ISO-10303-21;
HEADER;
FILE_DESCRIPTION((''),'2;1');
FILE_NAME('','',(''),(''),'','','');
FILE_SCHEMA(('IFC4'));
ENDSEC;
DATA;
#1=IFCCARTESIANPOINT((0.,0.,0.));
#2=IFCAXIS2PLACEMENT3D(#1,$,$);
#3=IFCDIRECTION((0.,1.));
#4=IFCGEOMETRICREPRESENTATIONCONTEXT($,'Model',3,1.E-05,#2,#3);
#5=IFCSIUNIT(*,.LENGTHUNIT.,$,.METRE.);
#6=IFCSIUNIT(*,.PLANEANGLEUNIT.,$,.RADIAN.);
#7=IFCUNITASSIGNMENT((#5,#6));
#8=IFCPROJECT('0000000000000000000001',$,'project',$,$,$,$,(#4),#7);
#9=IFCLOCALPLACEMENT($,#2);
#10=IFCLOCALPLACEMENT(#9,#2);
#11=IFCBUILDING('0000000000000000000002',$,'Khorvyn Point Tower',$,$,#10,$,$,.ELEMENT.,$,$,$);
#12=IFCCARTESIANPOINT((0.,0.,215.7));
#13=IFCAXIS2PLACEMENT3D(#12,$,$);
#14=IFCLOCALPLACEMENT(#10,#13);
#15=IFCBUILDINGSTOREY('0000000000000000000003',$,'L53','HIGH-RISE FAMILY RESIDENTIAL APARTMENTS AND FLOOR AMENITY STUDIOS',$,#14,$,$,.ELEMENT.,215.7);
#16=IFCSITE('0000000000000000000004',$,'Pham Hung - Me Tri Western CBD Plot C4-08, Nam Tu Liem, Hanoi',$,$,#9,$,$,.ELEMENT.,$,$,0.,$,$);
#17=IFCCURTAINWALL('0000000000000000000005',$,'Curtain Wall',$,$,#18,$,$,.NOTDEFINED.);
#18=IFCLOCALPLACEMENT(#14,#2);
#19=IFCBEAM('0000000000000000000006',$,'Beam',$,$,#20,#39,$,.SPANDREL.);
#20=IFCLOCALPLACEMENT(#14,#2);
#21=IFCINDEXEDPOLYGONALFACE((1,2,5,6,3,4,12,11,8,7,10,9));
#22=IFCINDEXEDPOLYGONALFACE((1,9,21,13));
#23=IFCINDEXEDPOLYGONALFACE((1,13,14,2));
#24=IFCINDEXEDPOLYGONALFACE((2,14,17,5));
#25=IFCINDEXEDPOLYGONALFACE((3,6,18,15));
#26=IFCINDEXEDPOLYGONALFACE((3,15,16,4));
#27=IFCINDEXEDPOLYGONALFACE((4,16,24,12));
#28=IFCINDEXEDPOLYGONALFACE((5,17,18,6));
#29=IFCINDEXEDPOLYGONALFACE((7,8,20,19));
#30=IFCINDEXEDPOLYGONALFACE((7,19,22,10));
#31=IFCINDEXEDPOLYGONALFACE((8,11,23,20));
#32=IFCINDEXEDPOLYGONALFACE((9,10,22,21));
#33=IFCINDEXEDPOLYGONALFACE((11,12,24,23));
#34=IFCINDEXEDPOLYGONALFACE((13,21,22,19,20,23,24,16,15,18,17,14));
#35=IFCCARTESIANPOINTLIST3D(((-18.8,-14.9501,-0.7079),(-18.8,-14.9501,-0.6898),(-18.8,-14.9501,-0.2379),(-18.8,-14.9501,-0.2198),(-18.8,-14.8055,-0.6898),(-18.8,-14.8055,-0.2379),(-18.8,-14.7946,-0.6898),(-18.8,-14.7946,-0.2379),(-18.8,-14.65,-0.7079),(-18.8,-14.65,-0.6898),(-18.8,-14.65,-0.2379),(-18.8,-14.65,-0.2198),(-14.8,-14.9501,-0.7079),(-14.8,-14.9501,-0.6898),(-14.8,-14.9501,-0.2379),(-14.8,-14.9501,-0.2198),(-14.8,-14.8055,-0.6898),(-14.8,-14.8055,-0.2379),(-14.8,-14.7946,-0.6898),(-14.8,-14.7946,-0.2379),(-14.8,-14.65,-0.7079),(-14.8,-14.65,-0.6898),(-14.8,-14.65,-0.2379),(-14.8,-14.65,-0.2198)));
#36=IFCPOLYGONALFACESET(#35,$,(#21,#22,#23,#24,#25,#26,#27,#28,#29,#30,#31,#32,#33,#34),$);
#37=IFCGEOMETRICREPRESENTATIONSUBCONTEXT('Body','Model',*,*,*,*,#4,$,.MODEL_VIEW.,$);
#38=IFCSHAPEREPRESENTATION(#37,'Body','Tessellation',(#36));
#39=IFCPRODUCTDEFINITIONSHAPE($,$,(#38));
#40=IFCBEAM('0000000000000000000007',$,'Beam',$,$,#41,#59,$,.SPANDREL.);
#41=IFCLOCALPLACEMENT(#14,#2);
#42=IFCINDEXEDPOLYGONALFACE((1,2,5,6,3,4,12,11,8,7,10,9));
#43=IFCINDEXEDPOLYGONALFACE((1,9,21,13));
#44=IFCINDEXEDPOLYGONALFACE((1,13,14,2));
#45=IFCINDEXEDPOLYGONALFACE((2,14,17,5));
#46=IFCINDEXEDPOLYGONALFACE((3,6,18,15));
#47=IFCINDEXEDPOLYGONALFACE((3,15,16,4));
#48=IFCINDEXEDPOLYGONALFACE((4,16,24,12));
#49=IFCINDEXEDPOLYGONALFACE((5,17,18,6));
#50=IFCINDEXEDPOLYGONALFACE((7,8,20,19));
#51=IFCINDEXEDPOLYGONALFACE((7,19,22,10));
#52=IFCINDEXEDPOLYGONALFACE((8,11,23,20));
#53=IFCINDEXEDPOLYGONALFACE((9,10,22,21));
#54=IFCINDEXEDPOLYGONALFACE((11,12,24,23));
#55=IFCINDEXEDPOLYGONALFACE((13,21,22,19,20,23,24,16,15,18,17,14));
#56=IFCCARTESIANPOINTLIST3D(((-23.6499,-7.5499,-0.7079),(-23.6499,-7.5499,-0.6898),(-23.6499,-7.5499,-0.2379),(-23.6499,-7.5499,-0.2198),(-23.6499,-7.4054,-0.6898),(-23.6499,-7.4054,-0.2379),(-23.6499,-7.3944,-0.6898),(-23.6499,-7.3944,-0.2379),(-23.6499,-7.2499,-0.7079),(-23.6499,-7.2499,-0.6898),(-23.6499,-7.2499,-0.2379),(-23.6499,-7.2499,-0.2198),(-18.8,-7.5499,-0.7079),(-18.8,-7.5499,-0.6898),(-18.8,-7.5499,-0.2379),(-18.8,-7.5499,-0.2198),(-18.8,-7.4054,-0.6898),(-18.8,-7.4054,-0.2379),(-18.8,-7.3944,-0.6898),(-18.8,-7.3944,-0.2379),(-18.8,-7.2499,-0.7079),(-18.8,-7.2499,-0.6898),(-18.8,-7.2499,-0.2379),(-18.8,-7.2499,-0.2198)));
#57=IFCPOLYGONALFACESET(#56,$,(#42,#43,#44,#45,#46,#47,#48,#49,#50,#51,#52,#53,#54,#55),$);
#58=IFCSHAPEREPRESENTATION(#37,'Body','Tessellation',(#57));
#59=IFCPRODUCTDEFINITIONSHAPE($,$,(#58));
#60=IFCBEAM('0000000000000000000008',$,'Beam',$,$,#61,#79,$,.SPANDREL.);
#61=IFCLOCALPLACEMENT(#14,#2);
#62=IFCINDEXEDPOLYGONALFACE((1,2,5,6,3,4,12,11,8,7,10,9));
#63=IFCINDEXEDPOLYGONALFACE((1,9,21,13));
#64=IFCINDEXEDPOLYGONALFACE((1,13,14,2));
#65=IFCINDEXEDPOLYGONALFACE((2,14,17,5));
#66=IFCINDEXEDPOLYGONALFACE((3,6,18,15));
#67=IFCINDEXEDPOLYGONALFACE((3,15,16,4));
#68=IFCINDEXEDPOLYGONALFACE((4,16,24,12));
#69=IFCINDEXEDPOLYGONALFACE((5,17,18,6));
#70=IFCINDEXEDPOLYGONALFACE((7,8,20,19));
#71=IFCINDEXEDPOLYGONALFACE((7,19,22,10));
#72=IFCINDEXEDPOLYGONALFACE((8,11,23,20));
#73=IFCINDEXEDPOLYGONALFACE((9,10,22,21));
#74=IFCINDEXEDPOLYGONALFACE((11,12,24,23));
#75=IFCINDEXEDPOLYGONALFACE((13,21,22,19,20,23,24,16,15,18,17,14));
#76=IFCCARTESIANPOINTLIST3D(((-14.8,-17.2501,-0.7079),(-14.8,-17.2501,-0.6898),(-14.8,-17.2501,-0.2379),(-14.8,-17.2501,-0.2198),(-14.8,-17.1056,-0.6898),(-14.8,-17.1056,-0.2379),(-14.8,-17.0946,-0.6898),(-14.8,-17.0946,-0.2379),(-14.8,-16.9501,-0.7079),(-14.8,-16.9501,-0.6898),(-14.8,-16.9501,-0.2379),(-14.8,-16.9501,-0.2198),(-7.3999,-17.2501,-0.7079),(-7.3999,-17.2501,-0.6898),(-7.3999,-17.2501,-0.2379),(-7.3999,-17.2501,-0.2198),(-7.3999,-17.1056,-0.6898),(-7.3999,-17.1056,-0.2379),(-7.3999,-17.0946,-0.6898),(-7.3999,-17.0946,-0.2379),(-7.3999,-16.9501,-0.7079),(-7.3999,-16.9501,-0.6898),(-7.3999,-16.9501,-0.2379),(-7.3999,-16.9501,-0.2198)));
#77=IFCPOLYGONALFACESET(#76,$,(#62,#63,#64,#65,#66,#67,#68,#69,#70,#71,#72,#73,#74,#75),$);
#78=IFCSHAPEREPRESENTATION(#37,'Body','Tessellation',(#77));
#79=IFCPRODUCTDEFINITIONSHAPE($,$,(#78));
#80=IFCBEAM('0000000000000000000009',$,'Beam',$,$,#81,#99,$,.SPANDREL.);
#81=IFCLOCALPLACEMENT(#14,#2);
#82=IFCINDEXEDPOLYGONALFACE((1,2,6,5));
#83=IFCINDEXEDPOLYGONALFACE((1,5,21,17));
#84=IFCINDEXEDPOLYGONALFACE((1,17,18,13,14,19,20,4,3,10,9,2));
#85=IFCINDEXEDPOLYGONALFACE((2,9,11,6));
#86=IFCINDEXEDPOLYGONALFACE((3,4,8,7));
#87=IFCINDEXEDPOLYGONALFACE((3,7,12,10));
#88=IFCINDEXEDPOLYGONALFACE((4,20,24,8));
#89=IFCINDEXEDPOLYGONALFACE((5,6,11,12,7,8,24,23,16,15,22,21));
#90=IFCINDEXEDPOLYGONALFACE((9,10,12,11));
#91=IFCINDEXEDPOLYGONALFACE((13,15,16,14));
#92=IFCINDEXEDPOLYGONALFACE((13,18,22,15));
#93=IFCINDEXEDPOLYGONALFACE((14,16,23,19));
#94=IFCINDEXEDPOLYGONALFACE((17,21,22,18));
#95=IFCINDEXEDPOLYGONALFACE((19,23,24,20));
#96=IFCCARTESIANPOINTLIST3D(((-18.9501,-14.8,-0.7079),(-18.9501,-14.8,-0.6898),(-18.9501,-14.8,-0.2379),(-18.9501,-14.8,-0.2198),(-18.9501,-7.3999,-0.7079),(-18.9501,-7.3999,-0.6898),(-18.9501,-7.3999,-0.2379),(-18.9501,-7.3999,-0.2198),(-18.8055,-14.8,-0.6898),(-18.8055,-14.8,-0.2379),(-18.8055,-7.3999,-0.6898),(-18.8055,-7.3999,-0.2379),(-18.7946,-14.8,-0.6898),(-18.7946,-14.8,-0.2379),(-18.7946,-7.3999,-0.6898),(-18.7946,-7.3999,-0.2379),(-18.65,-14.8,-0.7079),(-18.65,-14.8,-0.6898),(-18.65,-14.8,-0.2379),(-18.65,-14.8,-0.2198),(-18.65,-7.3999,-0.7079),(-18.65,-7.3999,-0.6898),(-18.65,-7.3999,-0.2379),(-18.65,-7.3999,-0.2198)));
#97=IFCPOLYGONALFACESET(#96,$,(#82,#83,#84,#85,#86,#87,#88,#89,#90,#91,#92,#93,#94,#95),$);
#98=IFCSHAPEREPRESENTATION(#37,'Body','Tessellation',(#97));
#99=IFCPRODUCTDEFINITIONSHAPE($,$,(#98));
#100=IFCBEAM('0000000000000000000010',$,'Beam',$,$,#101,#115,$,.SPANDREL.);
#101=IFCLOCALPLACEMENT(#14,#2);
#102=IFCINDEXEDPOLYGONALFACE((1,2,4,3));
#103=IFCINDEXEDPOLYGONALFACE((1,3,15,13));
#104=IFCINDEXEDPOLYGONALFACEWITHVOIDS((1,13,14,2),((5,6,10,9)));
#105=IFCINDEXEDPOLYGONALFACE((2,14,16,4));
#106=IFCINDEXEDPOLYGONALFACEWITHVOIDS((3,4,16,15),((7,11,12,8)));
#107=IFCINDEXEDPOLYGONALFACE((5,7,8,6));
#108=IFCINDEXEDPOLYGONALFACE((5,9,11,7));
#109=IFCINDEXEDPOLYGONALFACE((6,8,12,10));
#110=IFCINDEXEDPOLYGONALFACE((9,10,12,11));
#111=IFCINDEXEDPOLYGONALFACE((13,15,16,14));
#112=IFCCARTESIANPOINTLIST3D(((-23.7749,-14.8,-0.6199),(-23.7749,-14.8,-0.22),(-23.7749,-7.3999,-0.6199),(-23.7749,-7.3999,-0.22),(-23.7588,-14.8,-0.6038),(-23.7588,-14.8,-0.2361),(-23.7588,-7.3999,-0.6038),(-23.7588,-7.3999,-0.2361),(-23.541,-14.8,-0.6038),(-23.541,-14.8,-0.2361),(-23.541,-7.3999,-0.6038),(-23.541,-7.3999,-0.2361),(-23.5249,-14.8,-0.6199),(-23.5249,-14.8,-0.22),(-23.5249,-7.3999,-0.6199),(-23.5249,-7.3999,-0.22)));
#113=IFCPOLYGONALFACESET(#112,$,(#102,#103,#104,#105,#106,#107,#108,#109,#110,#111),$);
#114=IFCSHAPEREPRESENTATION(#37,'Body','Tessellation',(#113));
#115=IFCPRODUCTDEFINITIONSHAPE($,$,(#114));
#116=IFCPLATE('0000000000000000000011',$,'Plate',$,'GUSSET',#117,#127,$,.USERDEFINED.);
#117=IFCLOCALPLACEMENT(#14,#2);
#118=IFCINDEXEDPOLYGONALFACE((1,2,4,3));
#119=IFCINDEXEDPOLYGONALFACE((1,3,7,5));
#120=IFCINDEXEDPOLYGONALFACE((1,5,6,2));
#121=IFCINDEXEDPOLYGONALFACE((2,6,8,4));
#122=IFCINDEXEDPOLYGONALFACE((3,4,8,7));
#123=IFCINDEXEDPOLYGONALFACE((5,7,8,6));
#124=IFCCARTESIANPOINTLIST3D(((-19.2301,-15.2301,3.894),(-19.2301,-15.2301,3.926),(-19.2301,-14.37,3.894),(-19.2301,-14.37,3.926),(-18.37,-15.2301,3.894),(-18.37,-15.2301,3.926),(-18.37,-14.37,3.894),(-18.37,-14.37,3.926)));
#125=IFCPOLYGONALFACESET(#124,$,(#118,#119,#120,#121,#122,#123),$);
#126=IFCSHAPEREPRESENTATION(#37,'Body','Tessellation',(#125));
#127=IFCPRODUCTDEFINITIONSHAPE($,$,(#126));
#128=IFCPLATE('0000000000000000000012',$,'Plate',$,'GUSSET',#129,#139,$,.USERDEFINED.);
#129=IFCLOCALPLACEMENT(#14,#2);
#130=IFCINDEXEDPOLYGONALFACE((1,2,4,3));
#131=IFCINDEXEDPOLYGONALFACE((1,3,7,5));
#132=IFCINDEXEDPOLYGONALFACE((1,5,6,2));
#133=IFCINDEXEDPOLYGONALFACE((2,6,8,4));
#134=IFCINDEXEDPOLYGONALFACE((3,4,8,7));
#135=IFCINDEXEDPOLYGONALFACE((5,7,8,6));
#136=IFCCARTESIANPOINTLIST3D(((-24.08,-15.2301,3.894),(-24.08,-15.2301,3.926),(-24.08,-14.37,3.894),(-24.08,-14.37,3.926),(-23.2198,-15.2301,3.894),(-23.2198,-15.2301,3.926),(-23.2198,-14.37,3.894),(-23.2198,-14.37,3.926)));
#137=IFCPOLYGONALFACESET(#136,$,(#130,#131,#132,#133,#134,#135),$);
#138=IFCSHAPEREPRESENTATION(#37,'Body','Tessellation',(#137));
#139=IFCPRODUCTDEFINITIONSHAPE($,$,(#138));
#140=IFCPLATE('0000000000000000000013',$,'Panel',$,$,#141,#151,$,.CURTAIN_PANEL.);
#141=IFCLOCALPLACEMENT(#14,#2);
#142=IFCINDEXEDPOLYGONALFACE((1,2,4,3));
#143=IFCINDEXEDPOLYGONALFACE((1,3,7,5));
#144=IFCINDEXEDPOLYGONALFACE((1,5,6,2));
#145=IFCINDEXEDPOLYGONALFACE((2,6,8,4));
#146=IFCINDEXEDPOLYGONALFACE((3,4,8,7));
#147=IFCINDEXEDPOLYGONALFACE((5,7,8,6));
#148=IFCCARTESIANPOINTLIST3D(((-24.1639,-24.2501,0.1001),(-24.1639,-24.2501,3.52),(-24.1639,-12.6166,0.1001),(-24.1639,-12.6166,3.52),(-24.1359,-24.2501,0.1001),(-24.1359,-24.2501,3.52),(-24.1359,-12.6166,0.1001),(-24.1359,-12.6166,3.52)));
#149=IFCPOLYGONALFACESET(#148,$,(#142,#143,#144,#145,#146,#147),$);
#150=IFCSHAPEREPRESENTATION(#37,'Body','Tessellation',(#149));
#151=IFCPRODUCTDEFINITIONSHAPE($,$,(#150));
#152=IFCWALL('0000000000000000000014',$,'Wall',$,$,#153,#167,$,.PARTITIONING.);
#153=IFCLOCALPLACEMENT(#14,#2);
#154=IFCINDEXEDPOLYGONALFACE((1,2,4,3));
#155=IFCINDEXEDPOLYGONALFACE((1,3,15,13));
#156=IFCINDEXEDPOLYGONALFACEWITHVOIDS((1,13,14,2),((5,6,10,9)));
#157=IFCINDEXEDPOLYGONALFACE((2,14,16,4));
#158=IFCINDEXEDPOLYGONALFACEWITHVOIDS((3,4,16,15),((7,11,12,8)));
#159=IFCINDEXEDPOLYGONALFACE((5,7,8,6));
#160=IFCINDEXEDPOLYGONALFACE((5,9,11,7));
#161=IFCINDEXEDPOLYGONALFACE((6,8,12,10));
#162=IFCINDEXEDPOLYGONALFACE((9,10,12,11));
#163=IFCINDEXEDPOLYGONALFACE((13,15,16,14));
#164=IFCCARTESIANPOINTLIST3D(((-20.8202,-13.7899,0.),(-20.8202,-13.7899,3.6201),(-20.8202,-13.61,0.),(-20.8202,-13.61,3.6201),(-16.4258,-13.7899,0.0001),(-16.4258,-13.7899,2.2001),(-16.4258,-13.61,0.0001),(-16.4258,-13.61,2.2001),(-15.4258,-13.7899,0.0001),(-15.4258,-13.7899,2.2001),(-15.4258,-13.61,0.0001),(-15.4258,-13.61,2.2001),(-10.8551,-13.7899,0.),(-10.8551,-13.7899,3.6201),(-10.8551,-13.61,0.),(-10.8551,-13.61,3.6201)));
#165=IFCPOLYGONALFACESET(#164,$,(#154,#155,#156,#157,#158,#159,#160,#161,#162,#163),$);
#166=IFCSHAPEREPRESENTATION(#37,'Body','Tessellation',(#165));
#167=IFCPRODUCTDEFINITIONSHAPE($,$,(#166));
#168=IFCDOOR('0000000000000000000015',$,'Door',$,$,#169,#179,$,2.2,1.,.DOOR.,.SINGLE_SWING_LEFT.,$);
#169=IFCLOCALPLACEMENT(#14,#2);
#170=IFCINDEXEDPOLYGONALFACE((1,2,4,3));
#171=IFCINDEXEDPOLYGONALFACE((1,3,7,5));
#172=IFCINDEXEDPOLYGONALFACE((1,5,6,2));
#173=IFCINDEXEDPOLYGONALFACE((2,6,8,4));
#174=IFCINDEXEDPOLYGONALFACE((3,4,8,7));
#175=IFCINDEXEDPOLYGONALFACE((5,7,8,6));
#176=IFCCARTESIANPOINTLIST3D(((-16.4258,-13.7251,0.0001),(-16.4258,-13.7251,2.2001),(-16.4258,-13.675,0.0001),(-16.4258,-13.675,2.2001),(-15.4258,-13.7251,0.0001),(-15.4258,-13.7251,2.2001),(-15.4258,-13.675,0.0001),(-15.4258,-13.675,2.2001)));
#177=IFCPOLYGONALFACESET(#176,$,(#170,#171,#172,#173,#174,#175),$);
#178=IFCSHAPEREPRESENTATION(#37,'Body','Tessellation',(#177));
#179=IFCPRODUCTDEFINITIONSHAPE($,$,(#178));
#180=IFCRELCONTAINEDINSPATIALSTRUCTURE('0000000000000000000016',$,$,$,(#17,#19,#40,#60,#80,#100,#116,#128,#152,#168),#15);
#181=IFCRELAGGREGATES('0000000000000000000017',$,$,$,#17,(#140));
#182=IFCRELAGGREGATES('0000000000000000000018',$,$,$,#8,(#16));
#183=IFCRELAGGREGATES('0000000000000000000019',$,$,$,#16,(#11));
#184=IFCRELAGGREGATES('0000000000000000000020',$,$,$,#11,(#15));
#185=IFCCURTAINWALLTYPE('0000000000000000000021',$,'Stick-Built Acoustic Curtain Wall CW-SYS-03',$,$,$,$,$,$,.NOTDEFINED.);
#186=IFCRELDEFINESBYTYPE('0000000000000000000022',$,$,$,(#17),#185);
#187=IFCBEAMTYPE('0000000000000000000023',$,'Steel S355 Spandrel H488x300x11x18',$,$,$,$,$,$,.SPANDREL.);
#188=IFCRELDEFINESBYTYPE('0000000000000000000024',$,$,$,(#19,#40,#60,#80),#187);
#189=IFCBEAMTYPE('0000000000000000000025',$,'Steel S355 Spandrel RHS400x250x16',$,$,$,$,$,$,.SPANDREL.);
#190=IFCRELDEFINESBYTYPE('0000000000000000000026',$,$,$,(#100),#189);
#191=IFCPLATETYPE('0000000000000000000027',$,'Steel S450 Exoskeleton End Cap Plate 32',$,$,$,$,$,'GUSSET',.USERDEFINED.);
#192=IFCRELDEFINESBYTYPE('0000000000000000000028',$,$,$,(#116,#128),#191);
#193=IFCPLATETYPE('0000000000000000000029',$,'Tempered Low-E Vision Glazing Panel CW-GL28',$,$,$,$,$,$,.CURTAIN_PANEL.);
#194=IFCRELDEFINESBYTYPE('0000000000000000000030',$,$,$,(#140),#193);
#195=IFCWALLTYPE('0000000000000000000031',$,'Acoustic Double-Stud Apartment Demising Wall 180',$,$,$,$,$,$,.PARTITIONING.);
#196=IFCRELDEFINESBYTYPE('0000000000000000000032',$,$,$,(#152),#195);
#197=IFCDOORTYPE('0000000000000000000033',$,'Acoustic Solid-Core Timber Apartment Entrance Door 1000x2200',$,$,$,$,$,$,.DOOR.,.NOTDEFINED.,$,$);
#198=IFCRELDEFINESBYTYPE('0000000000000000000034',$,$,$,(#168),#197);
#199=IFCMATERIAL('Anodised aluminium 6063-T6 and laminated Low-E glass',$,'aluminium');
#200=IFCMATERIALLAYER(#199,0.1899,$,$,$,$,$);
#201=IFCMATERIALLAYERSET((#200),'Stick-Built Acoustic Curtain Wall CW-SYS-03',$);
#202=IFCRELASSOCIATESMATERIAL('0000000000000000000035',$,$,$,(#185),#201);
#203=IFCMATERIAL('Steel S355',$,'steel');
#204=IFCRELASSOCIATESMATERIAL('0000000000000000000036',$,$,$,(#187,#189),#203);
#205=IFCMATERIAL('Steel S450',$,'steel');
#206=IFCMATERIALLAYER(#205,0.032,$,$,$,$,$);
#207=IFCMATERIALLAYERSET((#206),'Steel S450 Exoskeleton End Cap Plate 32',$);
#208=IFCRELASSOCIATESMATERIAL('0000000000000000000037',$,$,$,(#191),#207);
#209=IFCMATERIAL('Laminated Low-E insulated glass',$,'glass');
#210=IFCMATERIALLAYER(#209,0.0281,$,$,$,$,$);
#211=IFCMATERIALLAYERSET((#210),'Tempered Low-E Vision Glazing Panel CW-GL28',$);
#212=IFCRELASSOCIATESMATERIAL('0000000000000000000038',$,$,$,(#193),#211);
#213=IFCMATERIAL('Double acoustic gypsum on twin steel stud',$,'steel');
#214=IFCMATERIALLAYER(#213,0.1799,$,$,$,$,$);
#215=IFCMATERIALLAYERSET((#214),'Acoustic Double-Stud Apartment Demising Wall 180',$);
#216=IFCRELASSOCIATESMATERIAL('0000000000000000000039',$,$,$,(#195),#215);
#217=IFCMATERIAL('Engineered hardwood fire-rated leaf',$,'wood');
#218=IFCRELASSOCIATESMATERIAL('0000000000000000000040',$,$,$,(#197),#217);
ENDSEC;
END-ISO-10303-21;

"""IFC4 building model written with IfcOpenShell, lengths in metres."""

from ifc_helpers import new_model, si_unit, direction, frame, frame_2d, origin, origin_2d, place, context, subcontext, project, spatial, rectangle, hollow_rectangle, i_section, extrude, material, layer, layer_set, material_profile, profile_set, type_object, element, fill, aggregate, save


model = new_model("IFC4")

# Units and contexts
model_context = context("Model", 3, precision=1e-05, world=origin(), true_north=direction((0.0, 1.0)))
body_context = subcontext(model_context, "Body", "Model", "MODEL_VIEW")
ifc_project = project(units=[si_unit("LENGTHUNIT", "METRE"), si_unit("PLANEANGLEUNIT", "RADIAN")], contexts=[model_context])

# Site, building, storey
site_placement = place(None, origin())
site = spatial("IfcSite", under=ifc_project, at=site_placement, Name="Pham Hung - Me Tri Western CBD Plot C4-08, Nam Tu Liem, Hanoi", CompositionType="ELEMENT", RefElevation=0.0)
building_placement = place(site_placement, origin())
building = spatial("IfcBuilding", under=site, at=building_placement, Name="Khorvyn Point Tower", CompositionType="ELEMENT")
storey_placement = place(building_placement, frame((0.0, 0.0, 215.7)))
storey = spatial("IfcBuildingStorey", under=building, at=storey_placement, Name="L53", Description="HIGH-RISE FAMILY RESIDENTIAL APARTMENTS AND FLOOR AMENITY STUDIOS", CompositionType="ELEMENT", Elevation=215.7)

# Shared definitions
ifc_material_1 = material(Name="Steel S450", Category="steel")

# Curtain wall
ifc_material_2 = material(Name="Anodised aluminium 6063-T6 and laminated Low-E glass", Category="aluminium")
ifc_layer_1 = layer(ifc_material_2, 0.1899)
ifc_layer_set_1 = layer_set([ifc_layer_1], Name="Stick-Built Acoustic Curtain Wall CW-SYS-03")
curtain_wall_type = type_object("IfcCurtainWallType", Name="Stick-Built Acoustic Curtain Wall CW-SYS-03", PredefinedType="NOTDEFINED", material=ifc_layer_set_1)
curtain_wall_placement = place(storey_placement, origin())
curtain_wall = element("IfcCurtainWall", 1, at=curtain_wall_placement, inside=storey, type_object=curtain_wall_type, Name="Curtain Wall", PredefinedType="NOTDEFINED")

# Beams
ifc_material_3 = material(Name="Steel S355", Category="steel")
ifc_material_profile_1 = material_profile(ifc_material_3, i_section(OverallWidth=0.3, OverallDepth=0.488, WebThickness=0.011, FlangeThickness=0.0181, at=origin_2d()))
ifc_profile_set_1 = profile_set([ifc_material_profile_1], Name="Steel S355 H488x300x11x18")
beam_type_1 = type_object("IfcBeamType", Name="Steel S355 Spandrel H488x300x11x18", PredefinedType="SPANDREL", material=ifc_profile_set_1)
beam_1_placement = place(storey_placement, frame((-18.8, -14.8, -0.4639), z_axis=(1.0, 0.0, 0.0), x_axis=(0.0, 1.0, 0.0)))
element("IfcBeam", 2, at=beam_1_placement, inside=storey, type_object=beam_type_1, Name="Beam", PredefinedType="SPANDREL", context=body_context, shape_type="SweptSolid", body=[
    extrude(i_section(OverallWidth=0.3, OverallDepth=0.488, WebThickness=0.011, FlangeThickness=0.0181, at=origin_2d()), origin(), (0.0, 0.0, 1.0), 4.0),
])
beam_2_placement = place(storey_placement, frame((-23.6499, -7.3999, -0.4639), z_axis=(1.0, 0.0, 0.0), x_axis=(0.0, 1.0, 0.0)))
element("IfcBeam", 3, at=beam_2_placement, inside=storey, type_object=beam_type_1, Name="Beam", PredefinedType="SPANDREL", context=body_context, shape_type="SweptSolid", body=[
    extrude(i_section(OverallWidth=0.3, OverallDepth=0.488, WebThickness=0.011, FlangeThickness=0.0181, at=origin_2d()), origin(), (0.0, 0.0, 1.0), 4.8499),
])
for number, where, z_axis, x_axis, name in (
    (4, (-14.8, -17.1001, -0.4639), (1.0, 0.0, 0.0), (0.0, 1.0, 0.0), "Beam"),
    (5, (-18.8, -14.8, -0.4639), (0.0, 1.0, 0.0), (-1.0, 0.0, 0.0), "Beam"),
):
    element("IfcBeam", number, at=place(storey_placement, frame(where, z_axis=z_axis, x_axis=x_axis)), inside=storey, type_object=beam_type_1, Name=name, PredefinedType="SPANDREL", context=body_context, shape_type="SweptSolid", body=[
        extrude(i_section(OverallWidth=0.3, OverallDepth=0.488, WebThickness=0.011, FlangeThickness=0.0181, at=origin_2d()), origin(), (0.0, 0.0, 1.0), 7.4001),
    ])
ifc_material_profile_2 = material_profile(ifc_material_3, hollow_rectangle(XDim=0.25, YDim=0.3999, WallThickness=0.0161, at=origin_2d()))
ifc_profile_set_2 = profile_set([ifc_material_profile_2], Name="Steel S355 RHS400x250x16")
beam_type_2 = type_object("IfcBeamType", Name="Steel S355 Spandrel RHS400x250x16", PredefinedType="SPANDREL", material=ifc_profile_set_2)
beam_3_placement = place(storey_placement, frame((-23.6499, -14.8, -0.4199), z_axis=(0.0, 1.0, 0.0), x_axis=(-1.0, 0.0, 0.0)))
element("IfcBeam", 6, at=beam_3_placement, inside=storey, type_object=beam_type_2, Name="Beam", PredefinedType="SPANDREL", context=body_context, shape_type="SweptSolid", body=[
    extrude(hollow_rectangle(XDim=0.25, YDim=0.3999, WallThickness=0.0161, at=origin_2d()), origin(), (0.0, 0.0, 1.0), 7.4001),
])

# Plates
ifc_layer_2 = layer(ifc_material_1, 0.032)
ifc_layer_set_2 = layer_set([ifc_layer_2], Name="Steel S450 Exoskeleton End Cap Plate 32")
plate_type_1 = type_object("IfcPlateType", Name="Steel S450 Exoskeleton End Cap Plate 32", ElementType="GUSSET", PredefinedType="USERDEFINED", material=ifc_layer_set_2)
for number, where, z_axis, x_axis, name in (
    (7, (-18.8, -14.8, 3.894), (0.0, 0.0, 1.0), (1.0, 0.0, 0.0), "Plate"),
    (8, (-23.6499, -14.8, 3.894), (0.0, 0.0, 1.0), (1.0, 0.0, 0.0), "Plate"),
):
    element("IfcPlate", number, at=place(storey_placement, frame(where, z_axis=z_axis, x_axis=x_axis)), inside=storey, type_object=plate_type_1, Name=name, ObjectType="GUSSET", PredefinedType="USERDEFINED", context=body_context, shape_type="SweptSolid", body=[
        extrude(rectangle(XDim=0.8601, YDim=0.8601, at=origin_2d()), origin(), (0.0, 0.0, 1.0), 0.032),
    ])

# Plate
ifc_material_4 = material(Name="Laminated Low-E insulated glass", Category="glass")
ifc_layer_3 = layer(ifc_material_4, 0.0281)
ifc_layer_set_3 = layer_set([ifc_layer_3], Name="Tempered Low-E Vision Glazing Panel CW-GL28")
plate_type_2 = type_object("IfcPlateType", Name="Tempered Low-E Vision Glazing Panel CW-GL28", PredefinedType="CURTAIN_PANEL", material=ifc_layer_set_3)
plate_placement = place(storey_placement, frame((-24.1499, -18.4333, 0.1001), z_axis=(0.0, 0.0, 1.0), x_axis=(0.0, 1.0, 0.0)))
plate = element("IfcPlate", 9, at=plate_placement, type_object=plate_type_2, Name="Panel", PredefinedType="CURTAIN_PANEL", context=body_context, shape_type="SweptSolid", body=[
    extrude(rectangle(XDim=11.6335, YDim=0.0281, at=origin_2d()), origin(), (0.0, 0.0, 1.0), 3.4199),
])
aggregate(curtain_wall, [plate])

# Wall, opening, door
ifc_material_5 = material(Name="Double acoustic gypsum on twin steel stud", Category="steel")
ifc_layer_4 = layer(ifc_material_5, 0.1799)
ifc_layer_set_4 = layer_set([ifc_layer_4], Name="Acoustic Double-Stud Apartment Demising Wall 180")
wall_type_1 = type_object("IfcWallType", Name="Acoustic Double-Stud Apartment Demising Wall 180", PredefinedType="PARTITIONING", material=ifc_layer_set_4)
wall_1_placement = place(storey_placement, frame((-20.8201, -13.7, 0.0), z_axis=(0.0, 0.0, 1.0), x_axis=(1.0, 0.0, 0.0)))
wall_1 = element("IfcWall", 10, at=wall_1_placement, inside=storey, type_object=wall_type_1, Name="Wall", PredefinedType="PARTITIONING", context=body_context, shape_type="SweptSolid", body=[
    extrude(rectangle(XDim=9.9651, YDim=0.1799, at=frame_2d((4.9824, 0.0))), origin(), (0.0, 0.0, 1.0), 3.6201),
])
opening_1_placement = place(wall_1_placement, frame((4.3943, 0.0, 0.0)))
opening_1 = element("IfcOpeningElement", 11, at=opening_1_placement, cuts=wall_1, PredefinedType="OPENING", context=body_context, shape_type="SweptSolid", body=[
    extrude(rectangle(XDim=1.0, YDim=2.2, at=frame_2d((0.5, 1.1001))), frame((0.0, 0.0999, 0.0), z_axis=(0.0, -1.0, 0.0), x_axis=(1.0, 0.0, 0.0)), (0.0, 0.0, 1.0), 0.2),
])
ifc_material_6 = material(Name="Engineered hardwood fire-rated leaf", Category="wood")
door_type_1 = type_object("IfcDoorType", Name="Acoustic Solid-Core Timber Apartment Entrance Door 1000x2200", OperationType="NOTDEFINED", PredefinedType="DOOR", material=ifc_material_6)
door_1_placement = place(opening_1_placement, origin())
door_1 = element("IfcDoor", 12, at=door_1_placement, inside=storey, type_object=door_type_1, Name="Door", OperationType="SINGLE_SWING_LEFT", OverallHeight=2.2, OverallWidth=1.0, PredefinedType="DOOR", context=body_context, shape_type="SweptSolid", body=[
    extrude(rectangle(XDim=1.0, YDim=2.2, at=frame_2d((0.5, 1.1001))), frame((0.0, 0.0249, 0.0), z_axis=(0.0, -1.0, 0.0), x_axis=(1.0, 0.0, 0.0)), (0.0, 0.0, 1.0), 0.05),
])
fill(opening_1, door_1)

save(model, "model.ifc")
